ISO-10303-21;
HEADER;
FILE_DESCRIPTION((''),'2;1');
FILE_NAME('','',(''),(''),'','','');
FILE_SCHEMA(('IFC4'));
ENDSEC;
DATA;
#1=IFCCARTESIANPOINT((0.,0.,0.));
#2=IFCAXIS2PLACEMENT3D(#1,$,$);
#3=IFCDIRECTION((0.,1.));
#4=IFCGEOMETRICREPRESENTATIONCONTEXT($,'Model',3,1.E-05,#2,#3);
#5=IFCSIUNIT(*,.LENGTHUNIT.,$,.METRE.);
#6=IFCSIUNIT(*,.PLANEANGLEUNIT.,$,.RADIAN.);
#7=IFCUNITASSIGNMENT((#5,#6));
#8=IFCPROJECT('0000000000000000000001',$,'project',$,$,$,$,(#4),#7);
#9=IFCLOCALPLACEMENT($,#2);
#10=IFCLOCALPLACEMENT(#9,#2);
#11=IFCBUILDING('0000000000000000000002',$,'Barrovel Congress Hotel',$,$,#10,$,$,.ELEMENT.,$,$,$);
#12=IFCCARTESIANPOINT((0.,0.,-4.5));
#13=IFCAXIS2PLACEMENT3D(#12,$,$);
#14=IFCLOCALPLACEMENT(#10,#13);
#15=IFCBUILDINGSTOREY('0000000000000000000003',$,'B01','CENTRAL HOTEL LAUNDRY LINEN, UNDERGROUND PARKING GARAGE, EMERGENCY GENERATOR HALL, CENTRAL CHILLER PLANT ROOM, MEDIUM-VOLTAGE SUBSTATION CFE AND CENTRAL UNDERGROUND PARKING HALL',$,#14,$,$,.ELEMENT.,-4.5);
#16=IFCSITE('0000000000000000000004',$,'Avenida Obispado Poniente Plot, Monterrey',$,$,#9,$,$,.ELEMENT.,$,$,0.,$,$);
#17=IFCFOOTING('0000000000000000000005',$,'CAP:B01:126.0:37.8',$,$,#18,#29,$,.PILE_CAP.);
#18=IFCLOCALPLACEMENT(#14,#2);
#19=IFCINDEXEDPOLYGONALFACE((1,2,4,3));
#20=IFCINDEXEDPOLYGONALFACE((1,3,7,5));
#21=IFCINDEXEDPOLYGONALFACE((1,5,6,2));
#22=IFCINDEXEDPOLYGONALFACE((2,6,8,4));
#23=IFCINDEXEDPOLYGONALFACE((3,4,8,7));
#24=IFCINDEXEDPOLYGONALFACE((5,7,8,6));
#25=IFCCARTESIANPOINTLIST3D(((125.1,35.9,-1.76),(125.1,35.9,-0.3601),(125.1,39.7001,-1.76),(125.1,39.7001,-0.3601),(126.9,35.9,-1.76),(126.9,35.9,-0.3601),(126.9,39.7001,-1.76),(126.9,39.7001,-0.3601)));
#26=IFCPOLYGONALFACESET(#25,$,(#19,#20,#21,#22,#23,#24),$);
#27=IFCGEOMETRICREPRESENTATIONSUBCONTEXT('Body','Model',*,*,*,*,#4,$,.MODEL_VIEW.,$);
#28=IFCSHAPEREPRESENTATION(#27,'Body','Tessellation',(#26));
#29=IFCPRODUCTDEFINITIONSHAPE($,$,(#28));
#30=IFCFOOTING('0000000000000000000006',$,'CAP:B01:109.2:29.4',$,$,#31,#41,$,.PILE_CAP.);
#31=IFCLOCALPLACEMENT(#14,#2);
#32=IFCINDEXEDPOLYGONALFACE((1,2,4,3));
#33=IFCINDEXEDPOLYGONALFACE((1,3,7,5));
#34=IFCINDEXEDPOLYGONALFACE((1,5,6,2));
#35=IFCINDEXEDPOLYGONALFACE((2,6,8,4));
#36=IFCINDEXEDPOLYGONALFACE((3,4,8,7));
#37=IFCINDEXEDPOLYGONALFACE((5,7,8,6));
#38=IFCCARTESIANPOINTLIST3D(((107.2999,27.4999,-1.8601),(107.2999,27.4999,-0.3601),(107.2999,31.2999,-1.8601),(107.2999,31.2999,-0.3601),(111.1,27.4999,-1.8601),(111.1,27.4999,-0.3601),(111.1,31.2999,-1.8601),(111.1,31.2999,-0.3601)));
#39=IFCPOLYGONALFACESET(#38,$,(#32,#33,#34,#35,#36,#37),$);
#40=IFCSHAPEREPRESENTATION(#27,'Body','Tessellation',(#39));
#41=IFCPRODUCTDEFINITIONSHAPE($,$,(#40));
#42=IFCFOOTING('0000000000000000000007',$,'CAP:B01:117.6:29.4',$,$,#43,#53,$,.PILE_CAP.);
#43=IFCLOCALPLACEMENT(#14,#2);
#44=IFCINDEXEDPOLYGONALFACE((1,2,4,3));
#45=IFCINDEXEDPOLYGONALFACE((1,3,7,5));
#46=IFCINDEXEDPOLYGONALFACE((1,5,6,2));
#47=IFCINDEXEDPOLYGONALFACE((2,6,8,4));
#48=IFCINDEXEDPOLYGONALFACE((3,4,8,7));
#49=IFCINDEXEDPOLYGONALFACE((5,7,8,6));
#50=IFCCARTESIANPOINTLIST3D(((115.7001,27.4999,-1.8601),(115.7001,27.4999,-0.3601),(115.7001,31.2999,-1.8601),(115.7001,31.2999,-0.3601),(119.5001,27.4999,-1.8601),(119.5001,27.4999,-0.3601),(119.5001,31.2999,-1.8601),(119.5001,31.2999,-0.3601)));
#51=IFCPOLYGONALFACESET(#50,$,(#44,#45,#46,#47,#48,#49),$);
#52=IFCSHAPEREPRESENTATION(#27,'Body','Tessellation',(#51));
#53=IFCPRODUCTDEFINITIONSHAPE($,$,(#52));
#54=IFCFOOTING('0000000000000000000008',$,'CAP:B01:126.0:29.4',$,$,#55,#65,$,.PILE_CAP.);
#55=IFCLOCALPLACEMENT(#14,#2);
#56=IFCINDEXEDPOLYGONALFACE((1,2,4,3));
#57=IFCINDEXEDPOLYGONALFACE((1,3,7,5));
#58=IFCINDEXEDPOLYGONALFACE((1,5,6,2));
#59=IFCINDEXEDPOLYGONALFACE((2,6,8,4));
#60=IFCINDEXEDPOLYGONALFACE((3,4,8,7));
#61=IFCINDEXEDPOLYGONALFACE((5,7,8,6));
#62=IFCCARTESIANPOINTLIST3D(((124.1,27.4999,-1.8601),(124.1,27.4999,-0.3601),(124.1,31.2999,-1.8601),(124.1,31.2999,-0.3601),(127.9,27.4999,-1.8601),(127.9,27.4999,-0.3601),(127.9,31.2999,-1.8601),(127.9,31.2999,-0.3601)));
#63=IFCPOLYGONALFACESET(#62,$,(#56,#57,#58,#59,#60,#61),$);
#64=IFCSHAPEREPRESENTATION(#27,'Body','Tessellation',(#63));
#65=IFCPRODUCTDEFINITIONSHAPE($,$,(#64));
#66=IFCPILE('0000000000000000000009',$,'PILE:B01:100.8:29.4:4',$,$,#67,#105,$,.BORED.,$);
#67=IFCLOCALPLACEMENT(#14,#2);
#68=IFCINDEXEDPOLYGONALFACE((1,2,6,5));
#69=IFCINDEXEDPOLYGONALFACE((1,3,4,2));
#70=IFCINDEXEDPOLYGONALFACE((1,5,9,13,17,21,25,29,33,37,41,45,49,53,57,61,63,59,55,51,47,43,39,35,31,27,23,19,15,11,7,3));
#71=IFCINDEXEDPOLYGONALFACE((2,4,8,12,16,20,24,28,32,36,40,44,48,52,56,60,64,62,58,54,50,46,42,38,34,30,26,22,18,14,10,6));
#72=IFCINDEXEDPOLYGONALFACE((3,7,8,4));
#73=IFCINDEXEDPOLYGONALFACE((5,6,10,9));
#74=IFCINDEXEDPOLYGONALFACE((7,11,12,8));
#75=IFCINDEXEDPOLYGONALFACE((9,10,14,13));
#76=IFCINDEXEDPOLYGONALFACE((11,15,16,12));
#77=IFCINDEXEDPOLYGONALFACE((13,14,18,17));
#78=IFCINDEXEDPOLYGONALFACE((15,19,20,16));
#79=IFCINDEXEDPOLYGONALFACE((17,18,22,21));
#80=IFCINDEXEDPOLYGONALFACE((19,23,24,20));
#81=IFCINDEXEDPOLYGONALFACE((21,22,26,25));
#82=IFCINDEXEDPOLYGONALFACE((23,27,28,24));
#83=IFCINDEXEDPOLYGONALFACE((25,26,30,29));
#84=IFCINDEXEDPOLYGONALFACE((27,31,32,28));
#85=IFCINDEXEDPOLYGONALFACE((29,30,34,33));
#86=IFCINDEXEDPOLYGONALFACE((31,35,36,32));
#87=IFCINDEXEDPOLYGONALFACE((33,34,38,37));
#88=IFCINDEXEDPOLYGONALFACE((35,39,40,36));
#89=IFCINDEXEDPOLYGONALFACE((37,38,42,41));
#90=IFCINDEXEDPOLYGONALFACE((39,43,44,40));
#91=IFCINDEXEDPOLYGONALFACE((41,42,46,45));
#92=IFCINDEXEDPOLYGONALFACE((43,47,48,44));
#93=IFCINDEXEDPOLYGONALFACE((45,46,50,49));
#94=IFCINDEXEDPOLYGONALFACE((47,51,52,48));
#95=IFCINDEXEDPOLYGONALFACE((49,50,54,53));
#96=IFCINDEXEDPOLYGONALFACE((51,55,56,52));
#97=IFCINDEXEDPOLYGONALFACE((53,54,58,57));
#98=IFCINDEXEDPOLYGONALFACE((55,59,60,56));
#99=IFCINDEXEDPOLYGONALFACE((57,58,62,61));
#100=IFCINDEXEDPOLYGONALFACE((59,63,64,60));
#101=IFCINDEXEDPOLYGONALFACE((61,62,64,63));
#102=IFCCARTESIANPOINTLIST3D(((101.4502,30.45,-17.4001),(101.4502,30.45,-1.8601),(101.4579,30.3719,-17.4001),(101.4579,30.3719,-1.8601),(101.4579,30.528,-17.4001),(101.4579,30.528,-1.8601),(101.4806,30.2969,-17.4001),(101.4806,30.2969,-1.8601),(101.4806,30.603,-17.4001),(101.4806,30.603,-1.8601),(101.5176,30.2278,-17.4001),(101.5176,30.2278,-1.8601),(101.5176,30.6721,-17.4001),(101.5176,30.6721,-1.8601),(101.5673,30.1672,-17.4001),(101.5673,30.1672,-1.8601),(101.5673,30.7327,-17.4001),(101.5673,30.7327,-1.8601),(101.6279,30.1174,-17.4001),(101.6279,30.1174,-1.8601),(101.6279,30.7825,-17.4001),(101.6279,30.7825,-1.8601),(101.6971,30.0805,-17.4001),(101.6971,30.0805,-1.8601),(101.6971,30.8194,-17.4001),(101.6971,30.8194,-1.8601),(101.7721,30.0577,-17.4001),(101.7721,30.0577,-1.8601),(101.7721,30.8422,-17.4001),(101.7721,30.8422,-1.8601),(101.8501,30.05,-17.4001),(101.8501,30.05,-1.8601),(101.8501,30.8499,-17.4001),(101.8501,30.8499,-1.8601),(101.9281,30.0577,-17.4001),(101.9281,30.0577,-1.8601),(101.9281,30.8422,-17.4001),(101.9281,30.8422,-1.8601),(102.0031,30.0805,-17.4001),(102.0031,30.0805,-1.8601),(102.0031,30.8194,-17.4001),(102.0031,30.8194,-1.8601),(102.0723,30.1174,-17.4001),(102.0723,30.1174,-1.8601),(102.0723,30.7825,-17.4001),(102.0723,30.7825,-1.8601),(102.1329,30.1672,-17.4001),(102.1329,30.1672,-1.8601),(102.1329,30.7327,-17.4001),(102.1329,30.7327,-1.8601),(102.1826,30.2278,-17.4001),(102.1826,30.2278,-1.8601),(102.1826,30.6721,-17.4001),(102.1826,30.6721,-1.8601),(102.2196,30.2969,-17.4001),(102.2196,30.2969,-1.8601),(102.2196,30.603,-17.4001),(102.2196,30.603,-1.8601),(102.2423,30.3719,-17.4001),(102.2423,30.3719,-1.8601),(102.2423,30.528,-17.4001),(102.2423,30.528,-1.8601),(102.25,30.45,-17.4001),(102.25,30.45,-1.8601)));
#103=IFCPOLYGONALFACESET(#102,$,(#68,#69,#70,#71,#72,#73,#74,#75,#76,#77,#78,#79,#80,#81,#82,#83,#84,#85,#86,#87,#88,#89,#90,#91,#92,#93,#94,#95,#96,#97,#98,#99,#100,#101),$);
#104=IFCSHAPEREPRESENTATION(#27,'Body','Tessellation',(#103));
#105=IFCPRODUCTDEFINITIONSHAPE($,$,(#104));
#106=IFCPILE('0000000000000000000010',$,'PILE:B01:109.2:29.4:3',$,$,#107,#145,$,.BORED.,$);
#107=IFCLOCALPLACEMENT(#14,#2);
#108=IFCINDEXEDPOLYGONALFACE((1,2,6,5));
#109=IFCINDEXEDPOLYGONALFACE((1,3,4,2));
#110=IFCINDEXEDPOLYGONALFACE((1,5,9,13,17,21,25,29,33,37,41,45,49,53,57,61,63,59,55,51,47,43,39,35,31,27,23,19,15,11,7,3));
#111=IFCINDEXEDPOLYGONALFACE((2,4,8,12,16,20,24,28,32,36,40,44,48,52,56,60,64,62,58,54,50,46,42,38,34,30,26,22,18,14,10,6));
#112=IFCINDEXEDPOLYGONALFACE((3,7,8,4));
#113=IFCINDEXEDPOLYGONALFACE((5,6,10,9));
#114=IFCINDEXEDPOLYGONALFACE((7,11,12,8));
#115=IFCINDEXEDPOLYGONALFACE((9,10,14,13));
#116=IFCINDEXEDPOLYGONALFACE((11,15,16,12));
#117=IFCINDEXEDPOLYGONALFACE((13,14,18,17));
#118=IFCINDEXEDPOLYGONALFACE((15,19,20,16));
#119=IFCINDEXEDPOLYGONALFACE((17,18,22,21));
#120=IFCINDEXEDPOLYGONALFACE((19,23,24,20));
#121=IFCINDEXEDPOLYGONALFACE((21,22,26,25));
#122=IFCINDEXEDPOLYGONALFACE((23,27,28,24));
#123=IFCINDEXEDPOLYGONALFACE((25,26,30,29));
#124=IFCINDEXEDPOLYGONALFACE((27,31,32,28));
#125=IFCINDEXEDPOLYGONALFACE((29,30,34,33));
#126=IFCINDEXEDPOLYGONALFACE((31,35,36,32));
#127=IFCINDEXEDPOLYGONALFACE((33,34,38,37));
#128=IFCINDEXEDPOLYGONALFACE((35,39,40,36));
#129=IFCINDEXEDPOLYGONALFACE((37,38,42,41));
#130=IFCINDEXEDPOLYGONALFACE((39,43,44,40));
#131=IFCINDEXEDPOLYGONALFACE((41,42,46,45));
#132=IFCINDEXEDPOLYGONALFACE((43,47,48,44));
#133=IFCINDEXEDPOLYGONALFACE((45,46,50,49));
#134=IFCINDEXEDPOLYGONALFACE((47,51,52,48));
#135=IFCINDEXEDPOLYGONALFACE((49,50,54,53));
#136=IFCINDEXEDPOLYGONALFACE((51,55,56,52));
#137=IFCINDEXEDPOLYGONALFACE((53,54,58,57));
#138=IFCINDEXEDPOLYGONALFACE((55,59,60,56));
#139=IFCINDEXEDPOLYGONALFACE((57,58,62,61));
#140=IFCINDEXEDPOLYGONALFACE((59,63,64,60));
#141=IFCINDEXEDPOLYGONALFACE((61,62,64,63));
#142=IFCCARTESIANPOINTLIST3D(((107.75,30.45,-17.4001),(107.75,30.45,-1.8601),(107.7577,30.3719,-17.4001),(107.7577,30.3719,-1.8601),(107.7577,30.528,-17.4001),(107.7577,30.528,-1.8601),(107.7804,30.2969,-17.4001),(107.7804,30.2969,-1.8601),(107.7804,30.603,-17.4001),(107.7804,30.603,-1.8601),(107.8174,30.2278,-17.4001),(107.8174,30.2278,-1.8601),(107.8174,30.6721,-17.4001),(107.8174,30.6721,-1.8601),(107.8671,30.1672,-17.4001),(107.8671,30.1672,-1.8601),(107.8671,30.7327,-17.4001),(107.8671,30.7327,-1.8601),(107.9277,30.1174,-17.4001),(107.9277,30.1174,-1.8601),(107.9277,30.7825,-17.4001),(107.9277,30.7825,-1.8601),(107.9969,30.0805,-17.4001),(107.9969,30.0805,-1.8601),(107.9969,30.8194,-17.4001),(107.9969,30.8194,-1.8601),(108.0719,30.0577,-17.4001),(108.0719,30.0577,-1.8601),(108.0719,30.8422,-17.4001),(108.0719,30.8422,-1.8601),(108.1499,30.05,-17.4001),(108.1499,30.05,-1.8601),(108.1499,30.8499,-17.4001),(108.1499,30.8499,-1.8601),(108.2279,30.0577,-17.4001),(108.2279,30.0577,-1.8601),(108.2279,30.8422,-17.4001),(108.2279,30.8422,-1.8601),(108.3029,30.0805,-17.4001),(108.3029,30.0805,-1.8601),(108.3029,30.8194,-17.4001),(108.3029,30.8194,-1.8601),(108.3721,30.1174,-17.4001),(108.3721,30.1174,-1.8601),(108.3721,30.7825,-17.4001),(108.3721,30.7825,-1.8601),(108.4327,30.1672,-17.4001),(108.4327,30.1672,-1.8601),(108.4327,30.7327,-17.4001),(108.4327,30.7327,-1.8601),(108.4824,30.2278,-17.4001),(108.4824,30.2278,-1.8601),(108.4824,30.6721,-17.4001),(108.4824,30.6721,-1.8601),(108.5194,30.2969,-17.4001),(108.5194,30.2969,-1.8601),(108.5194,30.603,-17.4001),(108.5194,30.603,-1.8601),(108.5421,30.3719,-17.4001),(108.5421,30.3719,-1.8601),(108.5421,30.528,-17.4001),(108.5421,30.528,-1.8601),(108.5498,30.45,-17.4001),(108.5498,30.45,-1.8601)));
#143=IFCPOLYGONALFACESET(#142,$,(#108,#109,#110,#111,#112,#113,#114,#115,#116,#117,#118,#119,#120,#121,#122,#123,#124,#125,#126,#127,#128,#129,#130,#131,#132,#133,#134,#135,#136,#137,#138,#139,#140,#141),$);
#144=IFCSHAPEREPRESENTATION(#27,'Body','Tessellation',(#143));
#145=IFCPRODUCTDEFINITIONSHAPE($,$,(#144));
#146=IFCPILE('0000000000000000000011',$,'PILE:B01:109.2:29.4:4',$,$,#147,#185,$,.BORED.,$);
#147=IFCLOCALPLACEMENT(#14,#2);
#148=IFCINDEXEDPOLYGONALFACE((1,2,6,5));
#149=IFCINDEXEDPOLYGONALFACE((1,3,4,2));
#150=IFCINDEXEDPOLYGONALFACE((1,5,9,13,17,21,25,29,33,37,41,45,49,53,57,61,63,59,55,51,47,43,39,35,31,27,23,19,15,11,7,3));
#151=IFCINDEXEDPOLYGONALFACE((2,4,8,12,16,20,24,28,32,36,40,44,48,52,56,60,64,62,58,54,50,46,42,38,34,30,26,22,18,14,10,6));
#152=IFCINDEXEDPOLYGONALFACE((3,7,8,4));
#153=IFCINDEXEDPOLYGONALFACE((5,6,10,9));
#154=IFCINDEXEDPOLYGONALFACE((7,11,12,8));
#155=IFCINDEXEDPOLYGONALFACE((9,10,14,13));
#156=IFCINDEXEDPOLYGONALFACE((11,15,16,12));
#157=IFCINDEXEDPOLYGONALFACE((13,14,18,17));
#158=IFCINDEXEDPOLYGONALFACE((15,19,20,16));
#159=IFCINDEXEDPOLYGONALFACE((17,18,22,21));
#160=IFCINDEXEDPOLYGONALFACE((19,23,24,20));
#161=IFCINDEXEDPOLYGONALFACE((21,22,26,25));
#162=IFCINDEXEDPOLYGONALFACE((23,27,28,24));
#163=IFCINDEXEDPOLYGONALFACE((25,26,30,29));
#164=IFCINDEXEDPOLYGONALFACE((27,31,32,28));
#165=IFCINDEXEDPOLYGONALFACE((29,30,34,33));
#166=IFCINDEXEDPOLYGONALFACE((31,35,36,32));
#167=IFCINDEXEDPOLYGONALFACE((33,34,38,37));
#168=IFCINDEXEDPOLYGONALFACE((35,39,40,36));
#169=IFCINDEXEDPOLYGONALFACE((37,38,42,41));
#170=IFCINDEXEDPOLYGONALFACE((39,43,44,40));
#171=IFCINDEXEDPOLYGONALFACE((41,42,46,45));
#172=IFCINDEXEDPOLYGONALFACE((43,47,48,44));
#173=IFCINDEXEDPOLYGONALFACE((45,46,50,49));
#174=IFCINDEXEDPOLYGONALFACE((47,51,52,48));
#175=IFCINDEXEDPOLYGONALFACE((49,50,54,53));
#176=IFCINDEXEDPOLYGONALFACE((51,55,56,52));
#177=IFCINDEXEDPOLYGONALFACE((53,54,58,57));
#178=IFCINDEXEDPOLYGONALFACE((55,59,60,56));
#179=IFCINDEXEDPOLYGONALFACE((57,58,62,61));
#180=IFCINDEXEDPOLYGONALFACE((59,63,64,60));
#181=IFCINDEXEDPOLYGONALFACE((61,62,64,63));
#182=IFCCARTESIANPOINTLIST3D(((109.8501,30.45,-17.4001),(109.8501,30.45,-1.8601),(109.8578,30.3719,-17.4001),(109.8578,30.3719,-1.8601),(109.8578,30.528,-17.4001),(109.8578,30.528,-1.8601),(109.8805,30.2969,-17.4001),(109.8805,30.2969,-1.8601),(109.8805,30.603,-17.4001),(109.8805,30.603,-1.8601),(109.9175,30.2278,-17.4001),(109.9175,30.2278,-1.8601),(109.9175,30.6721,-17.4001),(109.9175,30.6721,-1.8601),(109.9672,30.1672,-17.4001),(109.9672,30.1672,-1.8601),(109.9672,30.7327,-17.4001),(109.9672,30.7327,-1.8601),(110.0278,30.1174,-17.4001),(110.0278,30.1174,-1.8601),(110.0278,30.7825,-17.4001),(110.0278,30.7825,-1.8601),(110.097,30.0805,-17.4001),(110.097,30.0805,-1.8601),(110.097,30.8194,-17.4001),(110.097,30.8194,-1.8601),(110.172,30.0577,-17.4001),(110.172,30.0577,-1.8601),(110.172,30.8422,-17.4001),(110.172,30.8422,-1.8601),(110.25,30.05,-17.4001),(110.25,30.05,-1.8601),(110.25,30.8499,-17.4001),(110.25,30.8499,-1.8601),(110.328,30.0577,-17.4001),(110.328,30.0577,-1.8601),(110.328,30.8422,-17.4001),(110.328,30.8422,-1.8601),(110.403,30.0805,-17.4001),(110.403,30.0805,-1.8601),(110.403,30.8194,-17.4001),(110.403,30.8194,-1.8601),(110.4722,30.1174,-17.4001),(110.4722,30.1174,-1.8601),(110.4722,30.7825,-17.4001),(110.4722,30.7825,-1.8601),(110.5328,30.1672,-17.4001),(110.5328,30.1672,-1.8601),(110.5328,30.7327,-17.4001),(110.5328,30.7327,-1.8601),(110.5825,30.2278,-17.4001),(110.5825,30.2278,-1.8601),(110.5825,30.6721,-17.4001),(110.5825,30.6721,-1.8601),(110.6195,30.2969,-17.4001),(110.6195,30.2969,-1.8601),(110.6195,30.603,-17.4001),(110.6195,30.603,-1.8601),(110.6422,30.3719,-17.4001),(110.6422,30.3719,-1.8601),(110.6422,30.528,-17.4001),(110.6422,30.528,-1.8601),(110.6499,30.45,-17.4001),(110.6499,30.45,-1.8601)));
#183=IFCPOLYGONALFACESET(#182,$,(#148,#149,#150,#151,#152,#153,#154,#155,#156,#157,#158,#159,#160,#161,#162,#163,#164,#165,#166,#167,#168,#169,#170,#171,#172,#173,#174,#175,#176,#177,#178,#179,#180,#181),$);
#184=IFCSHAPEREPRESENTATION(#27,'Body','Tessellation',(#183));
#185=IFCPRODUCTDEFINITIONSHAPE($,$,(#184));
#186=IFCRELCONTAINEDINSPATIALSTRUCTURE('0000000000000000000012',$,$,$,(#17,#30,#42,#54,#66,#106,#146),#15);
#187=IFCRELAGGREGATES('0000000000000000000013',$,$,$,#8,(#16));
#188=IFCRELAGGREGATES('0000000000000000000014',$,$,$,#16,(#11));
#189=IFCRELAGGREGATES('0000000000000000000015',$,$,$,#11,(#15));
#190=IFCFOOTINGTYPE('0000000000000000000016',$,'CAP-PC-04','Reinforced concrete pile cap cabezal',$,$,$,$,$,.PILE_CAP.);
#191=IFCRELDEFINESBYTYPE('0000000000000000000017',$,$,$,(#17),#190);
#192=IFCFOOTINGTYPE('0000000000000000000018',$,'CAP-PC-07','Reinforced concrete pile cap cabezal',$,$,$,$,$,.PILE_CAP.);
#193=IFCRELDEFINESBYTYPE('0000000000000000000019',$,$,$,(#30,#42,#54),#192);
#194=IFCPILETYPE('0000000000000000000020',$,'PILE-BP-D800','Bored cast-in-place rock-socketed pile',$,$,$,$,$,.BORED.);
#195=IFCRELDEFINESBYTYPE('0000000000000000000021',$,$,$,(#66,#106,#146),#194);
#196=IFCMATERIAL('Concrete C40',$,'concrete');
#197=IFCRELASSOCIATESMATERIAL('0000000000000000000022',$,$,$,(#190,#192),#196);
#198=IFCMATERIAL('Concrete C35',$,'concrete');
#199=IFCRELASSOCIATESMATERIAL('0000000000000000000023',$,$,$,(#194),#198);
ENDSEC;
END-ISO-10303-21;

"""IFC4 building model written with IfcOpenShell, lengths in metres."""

from ifc_helpers import new_model, si_unit, direction, frame, origin, origin_2d, place, context, subcontext, project, spatial, rectangle, circle, extrude, material, material_profile, profile_set, type_object, element, save


model = new_model("IFC4")

# Units and contexts
model_context = context("Model", 3, precision=1e-05, world=origin(), true_north=direction((0.0, 1.0)))
body_context = subcontext(model_context, "Body", "Model", "MODEL_VIEW")
ifc_project = project(units=[si_unit("LENGTHUNIT", "METRE"), si_unit("PLANEANGLEUNIT", "RADIAN")], contexts=[model_context])

# Site, building, storey
site_placement = place(None, origin())
site = spatial("IfcSite", under=ifc_project, at=site_placement, Name="Avenida Obispado Poniente Plot, Monterrey", CompositionType="ELEMENT", RefElevation=0.0)
building_placement = place(site_placement, origin())
building = spatial("IfcBuilding", under=site, at=building_placement, Name="Barrovel Congress Hotel", CompositionType="ELEMENT")
storey_placement = place(building_placement, frame((0.0, 0.0, -4.5)))
storey = spatial("IfcBuildingStorey", under=building, at=storey_placement, Name="B01", Description="CENTRAL HOTEL LAUNDRY LINEN, UNDERGROUND PARKING GARAGE, EMERGENCY GENERATOR HALL, CENTRAL CHILLER PLANT ROOM, MEDIUM-VOLTAGE SUBSTATION CFE AND CENTRAL UNDERGROUND PARKING HALL", CompositionType="ELEMENT", Elevation=-4.5)

# Footings
ifc_material_1 = material(Name="Concrete C40", Category="concrete")
footing_type_1 = type_object("IfcFootingType", Name="CAP-PC-04", Description="Reinforced concrete pile cap cabezal", PredefinedType="PILE_CAP", material=ifc_material_1)
footing_placement = place(storey_placement, frame((126.0, 37.8, -1.76), z_axis=(0.0, 0.0, 1.0), x_axis=(1.0, 0.0, 0.0)))
element("IfcFooting", 1, at=footing_placement, inside=storey, type_object=footing_type_1, Name="CAP:B01:126.0:37.8", PredefinedType="PILE_CAP", context=body_context, shape_type="SweptSolid", body=[
    extrude(rectangle(XDim=1.8, YDim=3.8, at=origin_2d()), origin(), (0.0, 0.0, 1.0), 1.3999),
])
footing_type_2 = type_object("IfcFootingType", Name="CAP-PC-07", Description="Reinforced concrete pile cap cabezal", PredefinedType="PILE_CAP", material=ifc_material_1)
for number, where, z_axis, x_axis, name in (
    (2, (109.2, 29.3999, -1.8601), (0.0, 0.0, 1.0), (1.0, 0.0, 0.0), "CAP:B01:109.2:29.4"),
    (3, (117.6001, 29.3999, -1.8601), (0.0, 0.0, 1.0), (1.0, 0.0, 0.0), "CAP:B01:117.6:29.4"),
    (4, (126.0, 29.3999, -1.8601), (0.0, 0.0, 1.0), (1.0, 0.0, 0.0), "CAP:B01:126.0:29.4"),
):
    element("IfcFooting", number, at=place(storey_placement, frame(where, z_axis=z_axis, x_axis=x_axis)), inside=storey, type_object=footing_type_2, Name=name, PredefinedType="PILE_CAP", context=body_context, shape_type="SweptSolid", body=[
        extrude(rectangle(XDim=3.8, YDim=3.8, at=origin_2d()), origin(), (0.0, 0.0, 1.0), 1.5),
    ])

# Piles
ifc_material_2 = material(Name="Concrete C35", Category="concrete")
ifc_material_profile_1 = material_profile(ifc_material_2, circle(Radius=0.3999, at=origin_2d()), Name="BP-D800")
ifc_profile_set_1 = profile_set([ifc_material_profile_1], Name="Concrete C35")
pile_type = type_object("IfcPileType", Name="PILE-BP-D800", Description="Bored cast-in-place rock-socketed pile", PredefinedType="BORED", material=ifc_profile_set_1)
for number, where, z_axis, x_axis, name in (
    (5, (101.8501, 30.45, -1.8601), (0.0, 0.0, -1.0), (1.0, 0.0, 0.0), "PILE:B01:100.8:29.4:4"),
    (6, (108.1499, 30.45, -1.8601), (0.0, 0.0, -1.0), (1.0, 0.0, 0.0), "PILE:B01:109.2:29.4:3"),
    (7, (110.25, 30.45, -1.8601), (0.0, 0.0, -1.0), (1.0, 0.0, 0.0), "PILE:B01:109.2:29.4:4"),
):
    element("IfcPile", number, at=place(storey_placement, frame(where, z_axis=z_axis, x_axis=x_axis)), inside=storey, type_object=pile_type, Name=name, PredefinedType="BORED", context=body_context, shape_type="SweptSolid", body=[
        extrude(circle(Radius=0.3999, at=origin_2d()), origin(), (0.0, 0.0, 1.0), 15.54),
    ])

save(model, "model.ifc")
